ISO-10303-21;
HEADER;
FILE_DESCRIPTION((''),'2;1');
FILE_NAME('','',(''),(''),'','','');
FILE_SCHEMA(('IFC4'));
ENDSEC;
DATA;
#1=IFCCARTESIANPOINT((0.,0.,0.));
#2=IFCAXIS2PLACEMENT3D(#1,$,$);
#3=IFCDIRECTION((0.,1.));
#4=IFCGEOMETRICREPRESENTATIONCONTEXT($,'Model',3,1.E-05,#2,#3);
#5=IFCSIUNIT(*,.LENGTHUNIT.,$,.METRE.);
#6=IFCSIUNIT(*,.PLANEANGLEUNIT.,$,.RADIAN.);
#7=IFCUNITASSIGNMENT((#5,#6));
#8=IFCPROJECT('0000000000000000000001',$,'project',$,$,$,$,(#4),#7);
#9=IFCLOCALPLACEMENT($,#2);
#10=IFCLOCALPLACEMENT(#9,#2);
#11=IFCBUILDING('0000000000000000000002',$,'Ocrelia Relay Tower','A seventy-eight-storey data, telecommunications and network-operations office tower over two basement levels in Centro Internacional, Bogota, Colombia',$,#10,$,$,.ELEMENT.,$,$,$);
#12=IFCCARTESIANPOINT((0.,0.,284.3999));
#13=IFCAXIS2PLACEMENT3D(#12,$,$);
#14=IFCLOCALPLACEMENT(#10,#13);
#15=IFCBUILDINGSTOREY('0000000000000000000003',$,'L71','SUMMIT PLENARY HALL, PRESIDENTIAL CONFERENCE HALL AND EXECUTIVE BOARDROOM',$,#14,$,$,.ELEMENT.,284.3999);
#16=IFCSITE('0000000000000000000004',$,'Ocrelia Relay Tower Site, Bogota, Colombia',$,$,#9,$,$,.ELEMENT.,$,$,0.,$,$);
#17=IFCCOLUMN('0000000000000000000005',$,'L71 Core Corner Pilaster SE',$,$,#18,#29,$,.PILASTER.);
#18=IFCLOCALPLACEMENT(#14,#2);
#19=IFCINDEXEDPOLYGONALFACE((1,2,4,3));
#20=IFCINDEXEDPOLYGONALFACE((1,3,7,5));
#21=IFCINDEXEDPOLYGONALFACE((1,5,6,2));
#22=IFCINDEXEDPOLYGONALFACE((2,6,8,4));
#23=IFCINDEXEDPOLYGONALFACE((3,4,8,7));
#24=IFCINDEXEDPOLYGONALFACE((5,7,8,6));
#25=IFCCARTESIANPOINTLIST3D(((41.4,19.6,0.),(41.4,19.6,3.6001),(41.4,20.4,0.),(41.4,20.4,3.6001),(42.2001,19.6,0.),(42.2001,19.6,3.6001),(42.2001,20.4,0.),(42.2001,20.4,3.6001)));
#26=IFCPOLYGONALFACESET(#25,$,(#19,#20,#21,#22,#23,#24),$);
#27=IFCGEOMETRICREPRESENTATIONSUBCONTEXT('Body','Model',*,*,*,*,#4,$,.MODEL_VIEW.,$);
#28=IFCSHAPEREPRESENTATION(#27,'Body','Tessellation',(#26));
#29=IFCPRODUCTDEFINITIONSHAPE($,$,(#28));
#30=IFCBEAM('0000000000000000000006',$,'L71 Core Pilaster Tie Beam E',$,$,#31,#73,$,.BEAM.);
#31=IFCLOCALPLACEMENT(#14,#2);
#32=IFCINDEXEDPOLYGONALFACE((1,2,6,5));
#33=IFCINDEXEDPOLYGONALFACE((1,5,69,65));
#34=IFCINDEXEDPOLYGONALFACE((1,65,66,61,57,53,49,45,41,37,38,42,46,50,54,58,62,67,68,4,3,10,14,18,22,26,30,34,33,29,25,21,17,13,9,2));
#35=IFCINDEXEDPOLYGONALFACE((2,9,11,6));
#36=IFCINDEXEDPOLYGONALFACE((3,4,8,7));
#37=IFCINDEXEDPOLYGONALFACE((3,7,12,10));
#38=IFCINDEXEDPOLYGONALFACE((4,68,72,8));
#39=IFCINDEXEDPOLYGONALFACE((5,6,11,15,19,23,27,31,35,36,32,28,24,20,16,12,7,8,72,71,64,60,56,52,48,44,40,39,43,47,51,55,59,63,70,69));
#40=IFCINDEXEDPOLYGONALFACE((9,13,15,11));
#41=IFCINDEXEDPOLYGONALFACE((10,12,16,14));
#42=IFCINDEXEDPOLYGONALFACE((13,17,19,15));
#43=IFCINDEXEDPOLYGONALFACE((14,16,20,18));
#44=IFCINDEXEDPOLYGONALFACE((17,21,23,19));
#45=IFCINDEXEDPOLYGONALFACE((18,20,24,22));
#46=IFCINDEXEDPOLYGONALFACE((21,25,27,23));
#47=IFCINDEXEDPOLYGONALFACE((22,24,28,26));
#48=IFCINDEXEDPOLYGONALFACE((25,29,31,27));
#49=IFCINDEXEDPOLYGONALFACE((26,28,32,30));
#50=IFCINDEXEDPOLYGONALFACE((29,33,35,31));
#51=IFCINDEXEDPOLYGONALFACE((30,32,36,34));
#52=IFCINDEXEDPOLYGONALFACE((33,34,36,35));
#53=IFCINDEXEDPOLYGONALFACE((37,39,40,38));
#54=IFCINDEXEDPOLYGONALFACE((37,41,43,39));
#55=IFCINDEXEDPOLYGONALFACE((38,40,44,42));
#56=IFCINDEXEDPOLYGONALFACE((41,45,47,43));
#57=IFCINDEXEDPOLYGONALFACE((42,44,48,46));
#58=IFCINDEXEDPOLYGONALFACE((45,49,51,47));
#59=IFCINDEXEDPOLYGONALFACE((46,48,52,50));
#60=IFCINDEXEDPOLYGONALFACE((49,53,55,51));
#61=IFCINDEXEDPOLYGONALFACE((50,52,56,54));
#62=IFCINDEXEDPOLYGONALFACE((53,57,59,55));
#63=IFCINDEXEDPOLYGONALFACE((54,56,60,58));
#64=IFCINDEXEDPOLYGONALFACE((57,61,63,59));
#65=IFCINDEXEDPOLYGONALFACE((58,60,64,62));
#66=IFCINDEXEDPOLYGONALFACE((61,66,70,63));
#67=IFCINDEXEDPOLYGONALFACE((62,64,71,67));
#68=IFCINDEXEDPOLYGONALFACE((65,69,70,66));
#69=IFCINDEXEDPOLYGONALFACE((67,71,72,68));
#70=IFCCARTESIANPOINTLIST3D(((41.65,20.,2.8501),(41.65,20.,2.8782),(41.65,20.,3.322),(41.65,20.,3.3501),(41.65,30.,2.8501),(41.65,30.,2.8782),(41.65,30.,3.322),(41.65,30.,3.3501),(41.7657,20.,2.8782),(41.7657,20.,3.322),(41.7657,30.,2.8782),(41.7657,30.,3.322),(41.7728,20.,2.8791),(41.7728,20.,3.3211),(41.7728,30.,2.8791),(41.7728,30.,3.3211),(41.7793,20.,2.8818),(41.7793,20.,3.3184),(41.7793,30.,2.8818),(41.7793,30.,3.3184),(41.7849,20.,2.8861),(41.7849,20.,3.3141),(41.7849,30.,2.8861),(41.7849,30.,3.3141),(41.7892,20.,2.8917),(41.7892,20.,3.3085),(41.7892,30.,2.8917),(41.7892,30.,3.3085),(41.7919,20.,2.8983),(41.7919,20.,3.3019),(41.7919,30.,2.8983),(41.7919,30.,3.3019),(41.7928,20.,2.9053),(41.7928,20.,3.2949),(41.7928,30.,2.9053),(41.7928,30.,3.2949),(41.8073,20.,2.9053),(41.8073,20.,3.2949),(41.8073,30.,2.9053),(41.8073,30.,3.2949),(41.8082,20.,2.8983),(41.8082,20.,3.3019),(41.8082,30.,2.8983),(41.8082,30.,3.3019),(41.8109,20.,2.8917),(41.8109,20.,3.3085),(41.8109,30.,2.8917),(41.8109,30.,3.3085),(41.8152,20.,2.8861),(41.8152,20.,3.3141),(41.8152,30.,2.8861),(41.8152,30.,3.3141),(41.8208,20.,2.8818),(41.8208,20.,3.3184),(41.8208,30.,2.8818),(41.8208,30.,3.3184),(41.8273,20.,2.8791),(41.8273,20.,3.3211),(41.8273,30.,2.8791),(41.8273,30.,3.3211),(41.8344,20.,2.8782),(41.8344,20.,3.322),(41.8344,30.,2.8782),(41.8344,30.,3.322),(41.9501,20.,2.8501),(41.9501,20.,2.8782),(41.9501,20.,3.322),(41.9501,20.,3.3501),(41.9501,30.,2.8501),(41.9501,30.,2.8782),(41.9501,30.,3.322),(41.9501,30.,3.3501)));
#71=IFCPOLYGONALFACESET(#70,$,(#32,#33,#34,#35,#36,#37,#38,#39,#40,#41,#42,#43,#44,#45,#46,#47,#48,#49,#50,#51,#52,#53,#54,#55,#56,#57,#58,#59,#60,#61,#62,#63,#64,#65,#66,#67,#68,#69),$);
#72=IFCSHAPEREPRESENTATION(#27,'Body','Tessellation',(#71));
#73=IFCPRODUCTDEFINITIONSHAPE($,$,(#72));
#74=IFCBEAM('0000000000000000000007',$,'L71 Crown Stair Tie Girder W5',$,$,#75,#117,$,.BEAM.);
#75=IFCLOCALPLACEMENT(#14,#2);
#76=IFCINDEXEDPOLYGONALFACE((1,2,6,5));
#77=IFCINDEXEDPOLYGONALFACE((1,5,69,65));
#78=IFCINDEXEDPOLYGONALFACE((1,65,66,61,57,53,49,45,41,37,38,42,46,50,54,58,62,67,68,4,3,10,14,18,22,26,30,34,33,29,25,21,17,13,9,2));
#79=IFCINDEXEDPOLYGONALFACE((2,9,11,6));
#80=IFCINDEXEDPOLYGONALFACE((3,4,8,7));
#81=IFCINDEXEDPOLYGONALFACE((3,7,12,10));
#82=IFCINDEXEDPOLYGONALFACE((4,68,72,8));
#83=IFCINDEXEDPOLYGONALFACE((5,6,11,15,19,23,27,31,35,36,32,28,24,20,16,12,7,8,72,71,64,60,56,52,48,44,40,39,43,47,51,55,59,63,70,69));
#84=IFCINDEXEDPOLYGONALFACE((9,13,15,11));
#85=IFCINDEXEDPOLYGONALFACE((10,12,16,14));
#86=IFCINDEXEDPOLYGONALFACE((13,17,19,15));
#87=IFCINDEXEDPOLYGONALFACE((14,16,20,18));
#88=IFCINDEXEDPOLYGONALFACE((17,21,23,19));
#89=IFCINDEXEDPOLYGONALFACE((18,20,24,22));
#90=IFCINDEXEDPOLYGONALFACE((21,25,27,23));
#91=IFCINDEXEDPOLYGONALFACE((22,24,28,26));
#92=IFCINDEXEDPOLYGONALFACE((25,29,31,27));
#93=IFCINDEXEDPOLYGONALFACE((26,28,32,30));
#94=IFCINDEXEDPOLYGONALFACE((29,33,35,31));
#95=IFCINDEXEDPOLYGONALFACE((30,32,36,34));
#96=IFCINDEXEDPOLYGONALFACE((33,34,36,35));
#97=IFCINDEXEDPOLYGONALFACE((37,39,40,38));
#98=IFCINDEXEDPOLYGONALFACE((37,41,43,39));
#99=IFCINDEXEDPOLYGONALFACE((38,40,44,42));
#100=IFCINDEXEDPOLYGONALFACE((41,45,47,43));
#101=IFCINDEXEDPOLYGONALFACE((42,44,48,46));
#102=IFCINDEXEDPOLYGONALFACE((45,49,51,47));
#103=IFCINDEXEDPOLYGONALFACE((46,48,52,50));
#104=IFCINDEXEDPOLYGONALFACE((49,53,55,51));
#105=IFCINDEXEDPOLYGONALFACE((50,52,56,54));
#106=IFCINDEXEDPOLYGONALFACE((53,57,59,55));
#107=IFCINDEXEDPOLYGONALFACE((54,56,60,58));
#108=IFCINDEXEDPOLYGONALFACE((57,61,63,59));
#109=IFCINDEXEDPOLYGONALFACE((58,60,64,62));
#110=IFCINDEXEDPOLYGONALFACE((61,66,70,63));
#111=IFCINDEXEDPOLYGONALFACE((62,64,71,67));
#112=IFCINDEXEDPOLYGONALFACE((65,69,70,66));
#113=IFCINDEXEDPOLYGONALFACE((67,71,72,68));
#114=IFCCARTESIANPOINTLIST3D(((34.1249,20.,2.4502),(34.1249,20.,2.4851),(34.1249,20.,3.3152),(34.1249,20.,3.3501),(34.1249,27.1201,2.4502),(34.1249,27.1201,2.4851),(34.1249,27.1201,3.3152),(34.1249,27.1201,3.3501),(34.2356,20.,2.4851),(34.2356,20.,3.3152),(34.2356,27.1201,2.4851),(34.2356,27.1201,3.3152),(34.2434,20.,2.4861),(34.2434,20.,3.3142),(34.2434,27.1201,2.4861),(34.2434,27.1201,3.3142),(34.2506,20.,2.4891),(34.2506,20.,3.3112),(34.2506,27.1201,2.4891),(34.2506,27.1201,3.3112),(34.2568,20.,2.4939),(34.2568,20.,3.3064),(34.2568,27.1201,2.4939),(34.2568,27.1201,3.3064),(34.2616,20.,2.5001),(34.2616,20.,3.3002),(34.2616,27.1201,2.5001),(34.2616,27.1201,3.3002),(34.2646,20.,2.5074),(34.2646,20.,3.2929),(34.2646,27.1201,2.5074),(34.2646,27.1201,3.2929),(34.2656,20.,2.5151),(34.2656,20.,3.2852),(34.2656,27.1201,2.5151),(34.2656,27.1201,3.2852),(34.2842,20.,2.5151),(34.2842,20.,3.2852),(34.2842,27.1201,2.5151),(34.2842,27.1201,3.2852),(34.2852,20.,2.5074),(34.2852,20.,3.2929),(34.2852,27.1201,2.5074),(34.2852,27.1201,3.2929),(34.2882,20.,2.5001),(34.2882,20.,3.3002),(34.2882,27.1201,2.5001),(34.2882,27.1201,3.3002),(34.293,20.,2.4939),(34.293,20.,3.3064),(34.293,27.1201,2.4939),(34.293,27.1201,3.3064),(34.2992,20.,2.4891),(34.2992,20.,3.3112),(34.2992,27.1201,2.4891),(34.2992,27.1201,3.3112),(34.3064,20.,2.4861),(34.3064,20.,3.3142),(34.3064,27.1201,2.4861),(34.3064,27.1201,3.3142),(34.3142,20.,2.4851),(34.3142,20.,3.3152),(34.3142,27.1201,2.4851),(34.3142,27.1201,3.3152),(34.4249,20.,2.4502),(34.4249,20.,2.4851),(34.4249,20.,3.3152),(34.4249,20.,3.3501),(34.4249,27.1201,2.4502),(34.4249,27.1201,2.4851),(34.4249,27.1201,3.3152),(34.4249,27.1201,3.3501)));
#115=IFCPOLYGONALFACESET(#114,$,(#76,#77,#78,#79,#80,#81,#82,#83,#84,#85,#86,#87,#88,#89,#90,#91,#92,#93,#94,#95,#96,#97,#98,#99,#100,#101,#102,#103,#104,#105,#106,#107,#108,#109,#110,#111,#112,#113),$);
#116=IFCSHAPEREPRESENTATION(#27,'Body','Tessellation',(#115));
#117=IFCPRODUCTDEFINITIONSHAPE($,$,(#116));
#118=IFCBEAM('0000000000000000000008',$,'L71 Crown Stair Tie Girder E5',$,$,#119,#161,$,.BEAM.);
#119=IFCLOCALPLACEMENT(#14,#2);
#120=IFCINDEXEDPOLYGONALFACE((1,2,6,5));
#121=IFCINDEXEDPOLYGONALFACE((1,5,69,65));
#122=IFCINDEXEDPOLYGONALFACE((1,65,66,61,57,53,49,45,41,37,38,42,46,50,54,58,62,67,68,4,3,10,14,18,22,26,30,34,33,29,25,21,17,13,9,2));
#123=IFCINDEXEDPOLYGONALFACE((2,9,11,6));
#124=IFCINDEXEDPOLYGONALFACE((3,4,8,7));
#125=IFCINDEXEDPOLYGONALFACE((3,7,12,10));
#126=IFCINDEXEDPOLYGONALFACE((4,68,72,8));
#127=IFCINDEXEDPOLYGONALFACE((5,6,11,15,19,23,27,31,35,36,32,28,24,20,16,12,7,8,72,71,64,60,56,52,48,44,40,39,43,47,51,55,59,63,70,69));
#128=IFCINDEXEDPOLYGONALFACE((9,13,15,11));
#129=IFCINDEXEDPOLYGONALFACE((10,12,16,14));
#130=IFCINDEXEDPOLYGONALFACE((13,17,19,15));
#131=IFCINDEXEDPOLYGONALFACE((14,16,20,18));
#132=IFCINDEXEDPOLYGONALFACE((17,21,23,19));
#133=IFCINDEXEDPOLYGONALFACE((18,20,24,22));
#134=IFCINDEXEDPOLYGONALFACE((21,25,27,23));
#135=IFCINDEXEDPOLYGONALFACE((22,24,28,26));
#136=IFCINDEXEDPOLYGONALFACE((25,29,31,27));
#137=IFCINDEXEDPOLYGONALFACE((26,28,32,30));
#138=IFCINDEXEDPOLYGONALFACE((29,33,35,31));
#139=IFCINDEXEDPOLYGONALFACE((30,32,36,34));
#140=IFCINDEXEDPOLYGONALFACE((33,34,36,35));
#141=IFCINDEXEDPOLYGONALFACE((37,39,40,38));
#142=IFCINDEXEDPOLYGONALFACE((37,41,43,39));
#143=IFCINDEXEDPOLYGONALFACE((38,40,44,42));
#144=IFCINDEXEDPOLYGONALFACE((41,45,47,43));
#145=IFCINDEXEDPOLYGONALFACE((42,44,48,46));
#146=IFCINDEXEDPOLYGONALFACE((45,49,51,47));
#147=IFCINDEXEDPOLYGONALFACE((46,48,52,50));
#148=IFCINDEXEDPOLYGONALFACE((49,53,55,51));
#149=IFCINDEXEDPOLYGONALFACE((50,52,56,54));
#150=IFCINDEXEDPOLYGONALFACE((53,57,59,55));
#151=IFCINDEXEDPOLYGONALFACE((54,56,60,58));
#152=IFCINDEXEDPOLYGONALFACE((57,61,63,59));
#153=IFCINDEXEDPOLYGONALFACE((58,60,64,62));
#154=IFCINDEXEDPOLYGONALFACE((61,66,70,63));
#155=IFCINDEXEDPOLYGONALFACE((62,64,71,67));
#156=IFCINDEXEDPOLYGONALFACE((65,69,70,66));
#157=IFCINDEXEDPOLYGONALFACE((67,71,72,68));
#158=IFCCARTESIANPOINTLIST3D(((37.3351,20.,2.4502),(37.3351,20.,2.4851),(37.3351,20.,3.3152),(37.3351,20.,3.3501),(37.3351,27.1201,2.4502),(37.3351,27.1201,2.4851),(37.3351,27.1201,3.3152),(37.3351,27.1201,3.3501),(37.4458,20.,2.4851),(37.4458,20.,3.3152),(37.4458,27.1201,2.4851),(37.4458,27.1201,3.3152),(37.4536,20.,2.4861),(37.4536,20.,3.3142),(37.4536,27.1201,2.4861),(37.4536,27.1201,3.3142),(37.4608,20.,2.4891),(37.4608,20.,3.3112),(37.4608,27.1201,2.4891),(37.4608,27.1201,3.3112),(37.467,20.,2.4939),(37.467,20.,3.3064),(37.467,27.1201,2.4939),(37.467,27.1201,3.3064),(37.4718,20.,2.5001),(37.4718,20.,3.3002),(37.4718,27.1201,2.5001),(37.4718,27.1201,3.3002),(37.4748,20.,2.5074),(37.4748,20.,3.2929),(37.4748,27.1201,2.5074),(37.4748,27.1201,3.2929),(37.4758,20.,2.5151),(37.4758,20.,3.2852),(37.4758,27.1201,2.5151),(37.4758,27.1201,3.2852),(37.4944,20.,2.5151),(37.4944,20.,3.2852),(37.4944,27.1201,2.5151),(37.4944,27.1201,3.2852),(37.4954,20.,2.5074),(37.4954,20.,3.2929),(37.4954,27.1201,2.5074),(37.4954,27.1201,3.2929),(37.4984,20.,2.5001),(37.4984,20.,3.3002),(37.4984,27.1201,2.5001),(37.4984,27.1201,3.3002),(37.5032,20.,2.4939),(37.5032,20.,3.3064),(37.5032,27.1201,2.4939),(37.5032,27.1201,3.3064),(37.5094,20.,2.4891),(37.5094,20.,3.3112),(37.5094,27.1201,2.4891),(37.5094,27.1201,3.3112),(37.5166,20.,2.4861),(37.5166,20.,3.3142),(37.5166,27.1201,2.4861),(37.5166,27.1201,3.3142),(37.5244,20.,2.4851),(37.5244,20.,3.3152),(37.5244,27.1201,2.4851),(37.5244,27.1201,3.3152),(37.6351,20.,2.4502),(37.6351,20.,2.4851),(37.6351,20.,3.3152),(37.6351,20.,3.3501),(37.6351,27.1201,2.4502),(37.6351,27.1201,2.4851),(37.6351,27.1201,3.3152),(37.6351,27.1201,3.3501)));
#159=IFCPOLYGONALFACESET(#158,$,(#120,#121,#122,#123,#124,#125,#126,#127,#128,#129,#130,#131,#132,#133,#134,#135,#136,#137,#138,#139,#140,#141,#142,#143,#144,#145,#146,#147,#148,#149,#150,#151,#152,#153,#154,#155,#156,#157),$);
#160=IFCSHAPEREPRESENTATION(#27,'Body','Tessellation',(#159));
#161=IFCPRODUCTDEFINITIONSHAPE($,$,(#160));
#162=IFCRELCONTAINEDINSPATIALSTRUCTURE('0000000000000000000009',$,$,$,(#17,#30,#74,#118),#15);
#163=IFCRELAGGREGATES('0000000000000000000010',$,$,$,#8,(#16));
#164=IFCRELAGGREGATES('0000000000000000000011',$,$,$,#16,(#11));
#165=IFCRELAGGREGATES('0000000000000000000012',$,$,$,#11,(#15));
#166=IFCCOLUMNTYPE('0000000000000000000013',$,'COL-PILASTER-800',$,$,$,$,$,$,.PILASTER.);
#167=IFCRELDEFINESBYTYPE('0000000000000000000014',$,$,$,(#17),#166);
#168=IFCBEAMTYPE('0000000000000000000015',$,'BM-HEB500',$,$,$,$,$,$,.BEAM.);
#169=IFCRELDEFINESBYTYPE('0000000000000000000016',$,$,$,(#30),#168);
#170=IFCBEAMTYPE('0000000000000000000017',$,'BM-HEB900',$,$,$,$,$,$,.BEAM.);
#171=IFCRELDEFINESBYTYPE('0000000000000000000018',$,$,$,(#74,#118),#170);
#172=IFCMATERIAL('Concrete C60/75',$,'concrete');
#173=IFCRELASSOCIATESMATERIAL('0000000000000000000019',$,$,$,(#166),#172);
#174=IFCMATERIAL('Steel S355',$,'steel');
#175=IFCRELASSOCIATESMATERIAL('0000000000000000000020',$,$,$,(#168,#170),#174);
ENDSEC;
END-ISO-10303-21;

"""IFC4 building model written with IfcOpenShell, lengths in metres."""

from ifc_helpers import new_model, si_unit, direction, frame, origin, origin_2d, place, context, subcontext, project, spatial, rectangle, i_section, extrude, material, material_profile, profile_set, type_object, element, save


model = new_model("IFC4")

# Units and contexts
model_context = context("Model", 3, precision=1e-05, world=origin(), true_north=direction((0.0, 1.0)))
body_context = subcontext(model_context, "Body", "Model", "MODEL_VIEW")
ifc_project = project(units=[si_unit("LENGTHUNIT", "METRE"), si_unit("PLANEANGLEUNIT", "RADIAN")], contexts=[model_context])

# Site, building, storey
site_placement = place(None, origin())
site = spatial("IfcSite", under=ifc_project, at=site_placement, Name="Ocrelia Relay Tower Site, Bogota, Colombia", CompositionType="ELEMENT", RefElevation=0.0)
building_placement = place(site_placement, origin())
building = spatial("IfcBuilding", under=site, at=building_placement, Name="Ocrelia Relay Tower", Description="A seventy-eight-storey data, telecommunications and network-operations office tower over two basement levels in Centro Internacional, Bogota, Colombia", CompositionType="ELEMENT")
storey_placement = place(building_placement, frame((0.0, 0.0, 284.3999)))
storey = spatial("IfcBuildingStorey", under=building, at=storey_placement, Name="L71", Description="SUMMIT PLENARY HALL, PRESIDENTIAL CONFERENCE HALL AND EXECUTIVE BOARDROOM", CompositionType="ELEMENT", Elevation=284.3999)

# Column
ifc_material_1 = material(Name="Concrete C60/75", Category="concrete")
ifc_material_profile_1 = material_profile(ifc_material_1, rectangle(XDim=0.8, YDim=0.8, at=origin_2d()), Name="RC-COL-800x800")
ifc_profile_set_1 = profile_set([ifc_material_profile_1], Name="Concrete C60/75")
column_type = type_object("IfcColumnType", Name="COL-PILASTER-800", PredefinedType="PILASTER", material=ifc_profile_set_1)
column_placement = place(storey_placement, frame((41.8, 20.0, 0.0), z_axis=(0.0, 0.0, 1.0), x_axis=(1.0, 0.0, 0.0)))
element("IfcColumn", 1, at=column_placement, inside=storey, type_object=column_type, Name="L71 Core Corner Pilaster SE", PredefinedType="PILASTER", context=body_context, shape_type="SweptSolid", body=[
    extrude(rectangle(XDim=0.8, YDim=0.8, at=origin_2d()), origin(), (0.0, 0.0, 1.0), 3.6001),
])

# Beams
ifc_material_2 = material(Name="Steel S355", Category="steel")
ifc_material_profile_2 = material_profile(ifc_material_2, i_section(OverallWidth=0.3, OverallDepth=0.5, WebThickness=0.0144, FlangeThickness=0.0281, FilletRadius=0.0271, at=origin_2d()), Name="HEB 500")
ifc_profile_set_2 = profile_set([ifc_material_profile_2], Name="Steel S355")
beam_type_1 = type_object("IfcBeamType", Name="BM-HEB500", PredefinedType="BEAM", material=ifc_profile_set_2)
beam_1_placement = place(storey_placement, frame((41.8, 20.0, 3.1001), z_axis=(0.0, 1.0, 0.0), x_axis=(-1.0, 0.0, 0.0)))
element("IfcBeam", 2, at=beam_1_placement, inside=storey, type_object=beam_type_1, Name="L71 Core Pilaster Tie Beam E", PredefinedType="BEAM", context=body_context, shape_type="SweptSolid", body=[
    extrude(i_section(OverallWidth=0.3, OverallDepth=0.5, WebThickness=0.0144, FlangeThickness=0.0281, FilletRadius=0.0271, at=origin_2d()), origin(), (0.0, 0.0, 1.0), 10.0),
])
ifc_material_profile_3 = material_profile(ifc_material_2, i_section(OverallWidth=0.3, OverallDepth=0.8999, WebThickness=0.0186, FlangeThickness=0.0349, FilletRadius=0.03, at=origin_2d()), Name="HEB 900")
ifc_profile_set_3 = profile_set([ifc_material_profile_3], Name="Steel S355")
beam_type_2 = type_object("IfcBeamType", Name="BM-HEB900", PredefinedType="BEAM", material=ifc_profile_set_3)
for number, where, z_axis, x_axis, name in (
    (3, (34.2749, 20.0, 2.9001), (0.0, 1.0, 0.0), (-1.0, 0.0, 0.0), "L71 Crown Stair Tie Girder W5"),
    (4, (37.4851, 20.0, 2.9001), (0.0, 1.0, 0.0), (-1.0, 0.0, 0.0), "L71 Crown Stair Tie Girder E5"),
):
    element("IfcBeam", number, at=place(storey_placement, frame(where, z_axis=z_axis, x_axis=x_axis)), inside=storey, type_object=beam_type_2, Name=name, PredefinedType="BEAM", context=body_context, shape_type="SweptSolid", body=[
        extrude(i_section(OverallWidth=0.3, OverallDepth=0.8999, WebThickness=0.0186, FlangeThickness=0.0349, FilletRadius=0.03, at=origin_2d()), origin(), (0.0, 0.0, 1.0), 7.1201),
    ])

save(model, "model.ifc")
